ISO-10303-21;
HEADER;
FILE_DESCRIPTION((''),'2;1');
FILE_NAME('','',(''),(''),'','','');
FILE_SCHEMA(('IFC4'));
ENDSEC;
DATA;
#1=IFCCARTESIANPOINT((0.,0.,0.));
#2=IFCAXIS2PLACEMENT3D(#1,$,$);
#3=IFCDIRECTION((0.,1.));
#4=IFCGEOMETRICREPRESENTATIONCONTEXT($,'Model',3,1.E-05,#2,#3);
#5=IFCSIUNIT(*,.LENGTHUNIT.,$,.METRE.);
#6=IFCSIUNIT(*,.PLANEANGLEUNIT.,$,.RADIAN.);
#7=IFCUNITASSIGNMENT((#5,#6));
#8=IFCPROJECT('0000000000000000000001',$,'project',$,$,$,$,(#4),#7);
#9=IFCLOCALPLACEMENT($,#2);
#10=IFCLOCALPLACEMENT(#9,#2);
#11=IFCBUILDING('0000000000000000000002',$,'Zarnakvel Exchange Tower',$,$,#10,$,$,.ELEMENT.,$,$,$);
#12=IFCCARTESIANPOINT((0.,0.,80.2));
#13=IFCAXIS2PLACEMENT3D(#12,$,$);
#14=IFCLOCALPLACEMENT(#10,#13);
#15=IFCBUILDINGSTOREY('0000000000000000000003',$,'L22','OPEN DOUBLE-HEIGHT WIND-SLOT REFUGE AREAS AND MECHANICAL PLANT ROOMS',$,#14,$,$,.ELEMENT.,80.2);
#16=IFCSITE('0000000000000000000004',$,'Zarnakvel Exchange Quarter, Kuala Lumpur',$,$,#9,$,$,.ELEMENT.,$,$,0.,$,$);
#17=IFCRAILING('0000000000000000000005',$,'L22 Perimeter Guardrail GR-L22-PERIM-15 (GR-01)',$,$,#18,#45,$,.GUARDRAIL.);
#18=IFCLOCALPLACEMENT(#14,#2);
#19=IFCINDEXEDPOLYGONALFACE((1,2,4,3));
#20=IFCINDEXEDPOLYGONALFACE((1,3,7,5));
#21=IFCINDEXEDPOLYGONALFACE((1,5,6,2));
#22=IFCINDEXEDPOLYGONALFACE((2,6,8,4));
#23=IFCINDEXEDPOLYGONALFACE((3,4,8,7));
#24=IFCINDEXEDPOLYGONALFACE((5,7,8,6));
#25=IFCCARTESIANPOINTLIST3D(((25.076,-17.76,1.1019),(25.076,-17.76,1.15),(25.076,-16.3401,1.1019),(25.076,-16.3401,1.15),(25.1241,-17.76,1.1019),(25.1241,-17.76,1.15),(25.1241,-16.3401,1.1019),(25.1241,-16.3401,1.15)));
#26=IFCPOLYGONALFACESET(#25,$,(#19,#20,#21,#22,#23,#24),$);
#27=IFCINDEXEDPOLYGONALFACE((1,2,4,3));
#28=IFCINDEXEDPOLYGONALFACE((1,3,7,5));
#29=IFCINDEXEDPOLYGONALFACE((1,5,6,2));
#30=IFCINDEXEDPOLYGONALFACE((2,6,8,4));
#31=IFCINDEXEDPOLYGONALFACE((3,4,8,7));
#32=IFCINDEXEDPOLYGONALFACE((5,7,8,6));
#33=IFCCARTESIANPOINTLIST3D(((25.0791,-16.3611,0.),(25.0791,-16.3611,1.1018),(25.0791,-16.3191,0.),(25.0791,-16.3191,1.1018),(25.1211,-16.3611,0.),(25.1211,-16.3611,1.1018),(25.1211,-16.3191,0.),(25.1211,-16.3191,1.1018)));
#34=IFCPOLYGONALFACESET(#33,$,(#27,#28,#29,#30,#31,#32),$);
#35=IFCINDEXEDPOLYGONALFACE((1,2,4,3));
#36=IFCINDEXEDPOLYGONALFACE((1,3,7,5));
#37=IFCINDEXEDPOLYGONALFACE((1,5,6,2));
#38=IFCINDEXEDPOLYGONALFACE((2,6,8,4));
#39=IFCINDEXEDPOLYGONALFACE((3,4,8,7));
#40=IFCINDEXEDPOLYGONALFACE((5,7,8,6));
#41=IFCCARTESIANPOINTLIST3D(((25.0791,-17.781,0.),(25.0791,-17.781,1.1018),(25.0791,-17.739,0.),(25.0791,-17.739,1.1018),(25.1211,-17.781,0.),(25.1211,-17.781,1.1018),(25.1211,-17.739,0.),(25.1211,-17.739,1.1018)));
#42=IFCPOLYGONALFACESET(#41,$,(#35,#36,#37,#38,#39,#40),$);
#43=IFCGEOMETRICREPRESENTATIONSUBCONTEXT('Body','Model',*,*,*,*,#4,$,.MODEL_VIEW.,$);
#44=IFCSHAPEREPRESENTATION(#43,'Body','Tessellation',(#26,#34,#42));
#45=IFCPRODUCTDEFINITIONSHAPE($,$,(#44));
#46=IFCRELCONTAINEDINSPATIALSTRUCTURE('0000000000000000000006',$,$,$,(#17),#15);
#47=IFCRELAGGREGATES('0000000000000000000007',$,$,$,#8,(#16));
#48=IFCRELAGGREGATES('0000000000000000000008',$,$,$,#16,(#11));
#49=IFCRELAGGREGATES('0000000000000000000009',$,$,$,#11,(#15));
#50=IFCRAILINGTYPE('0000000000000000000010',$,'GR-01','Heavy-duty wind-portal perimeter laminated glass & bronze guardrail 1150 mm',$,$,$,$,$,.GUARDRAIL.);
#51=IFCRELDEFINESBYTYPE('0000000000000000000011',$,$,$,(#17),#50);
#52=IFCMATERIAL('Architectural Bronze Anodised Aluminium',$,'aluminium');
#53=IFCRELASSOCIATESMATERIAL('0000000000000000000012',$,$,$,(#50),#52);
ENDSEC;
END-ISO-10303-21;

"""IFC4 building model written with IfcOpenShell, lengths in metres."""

from ifc_helpers import new_model, si_unit, direction, frame, origin, origin_2d, place, context, subcontext, project, spatial, rectangle, extrude, material, type_object, element, save


model = new_model("IFC4")

# Units and contexts
model_context = context("Model", 3, precision=1e-05, world=origin(), true_north=direction((0.0, 1.0)))
body_context = subcontext(model_context, "Body", "Model", "MODEL_VIEW")
ifc_project = project(units=[si_unit("LENGTHUNIT", "METRE"), si_unit("PLANEANGLEUNIT", "RADIAN")], contexts=[model_context])

# Site, building, storey
site_placement = place(None, origin())
site = spatial("IfcSite", under=ifc_project, at=site_placement, Name="Zarnakvel Exchange Quarter, Kuala Lumpur", CompositionType="ELEMENT", RefElevation=0.0)
building_placement = place(site_placement, origin())
building = spatial("IfcBuilding", under=site, at=building_placement, Name="Zarnakvel Exchange Tower", CompositionType="ELEMENT")
storey_placement = place(building_placement, frame((0.0, 0.0, 80.2)))
storey = spatial("IfcBuildingStorey", under=building, at=storey_placement, Name="L22", Description="OPEN DOUBLE-HEIGHT WIND-SLOT REFUGE AREAS AND MECHANICAL PLANT ROOMS", CompositionType="ELEMENT", Elevation=80.2)

# Railing
ifc_material_1 = material(Name="Architectural Bronze Anodised Aluminium", Category="aluminium")
railing_type = type_object("IfcRailingType", Name="GR-01", Description="Heavy-duty wind-portal perimeter laminated glass & bronze guardrail 1150 mm", PredefinedType="GUARDRAIL", material=ifc_material_1)
railing_1_placement = place(storey_placement, frame((25.1001, -16.3401, 0.0)))
element("IfcRailing", 1, at=railing_1_placement, inside=storey, type_object=railing_type, Name="L22 Perimeter Guardrail GR-L22-PERIM-15 (GR-01)", PredefinedType="GUARDRAIL", context=body_context, shape_type="SweptSolid", body=[
    extrude(rectangle(XDim=0.0481, YDim=0.0481, at=origin_2d()), frame((0.0, 0.0, 1.126), z_axis=(0.0, -1.0, 0.0), x_axis=(1.0, 0.0, 0.0)), (0.0, 0.0, 1.0), 1.4199),
    extrude(rectangle(XDim=0.042, YDim=0.042, at=origin_2d()), origin(), (0.0, 0.0, 1.0), 1.1018),
    extrude(rectangle(XDim=0.042, YDim=0.042, at=origin_2d()), frame((0.0, -1.4199, 0.0)), (0.0, 0.0, 1.0), 1.1018),
])

save(model, "model.ifc")
